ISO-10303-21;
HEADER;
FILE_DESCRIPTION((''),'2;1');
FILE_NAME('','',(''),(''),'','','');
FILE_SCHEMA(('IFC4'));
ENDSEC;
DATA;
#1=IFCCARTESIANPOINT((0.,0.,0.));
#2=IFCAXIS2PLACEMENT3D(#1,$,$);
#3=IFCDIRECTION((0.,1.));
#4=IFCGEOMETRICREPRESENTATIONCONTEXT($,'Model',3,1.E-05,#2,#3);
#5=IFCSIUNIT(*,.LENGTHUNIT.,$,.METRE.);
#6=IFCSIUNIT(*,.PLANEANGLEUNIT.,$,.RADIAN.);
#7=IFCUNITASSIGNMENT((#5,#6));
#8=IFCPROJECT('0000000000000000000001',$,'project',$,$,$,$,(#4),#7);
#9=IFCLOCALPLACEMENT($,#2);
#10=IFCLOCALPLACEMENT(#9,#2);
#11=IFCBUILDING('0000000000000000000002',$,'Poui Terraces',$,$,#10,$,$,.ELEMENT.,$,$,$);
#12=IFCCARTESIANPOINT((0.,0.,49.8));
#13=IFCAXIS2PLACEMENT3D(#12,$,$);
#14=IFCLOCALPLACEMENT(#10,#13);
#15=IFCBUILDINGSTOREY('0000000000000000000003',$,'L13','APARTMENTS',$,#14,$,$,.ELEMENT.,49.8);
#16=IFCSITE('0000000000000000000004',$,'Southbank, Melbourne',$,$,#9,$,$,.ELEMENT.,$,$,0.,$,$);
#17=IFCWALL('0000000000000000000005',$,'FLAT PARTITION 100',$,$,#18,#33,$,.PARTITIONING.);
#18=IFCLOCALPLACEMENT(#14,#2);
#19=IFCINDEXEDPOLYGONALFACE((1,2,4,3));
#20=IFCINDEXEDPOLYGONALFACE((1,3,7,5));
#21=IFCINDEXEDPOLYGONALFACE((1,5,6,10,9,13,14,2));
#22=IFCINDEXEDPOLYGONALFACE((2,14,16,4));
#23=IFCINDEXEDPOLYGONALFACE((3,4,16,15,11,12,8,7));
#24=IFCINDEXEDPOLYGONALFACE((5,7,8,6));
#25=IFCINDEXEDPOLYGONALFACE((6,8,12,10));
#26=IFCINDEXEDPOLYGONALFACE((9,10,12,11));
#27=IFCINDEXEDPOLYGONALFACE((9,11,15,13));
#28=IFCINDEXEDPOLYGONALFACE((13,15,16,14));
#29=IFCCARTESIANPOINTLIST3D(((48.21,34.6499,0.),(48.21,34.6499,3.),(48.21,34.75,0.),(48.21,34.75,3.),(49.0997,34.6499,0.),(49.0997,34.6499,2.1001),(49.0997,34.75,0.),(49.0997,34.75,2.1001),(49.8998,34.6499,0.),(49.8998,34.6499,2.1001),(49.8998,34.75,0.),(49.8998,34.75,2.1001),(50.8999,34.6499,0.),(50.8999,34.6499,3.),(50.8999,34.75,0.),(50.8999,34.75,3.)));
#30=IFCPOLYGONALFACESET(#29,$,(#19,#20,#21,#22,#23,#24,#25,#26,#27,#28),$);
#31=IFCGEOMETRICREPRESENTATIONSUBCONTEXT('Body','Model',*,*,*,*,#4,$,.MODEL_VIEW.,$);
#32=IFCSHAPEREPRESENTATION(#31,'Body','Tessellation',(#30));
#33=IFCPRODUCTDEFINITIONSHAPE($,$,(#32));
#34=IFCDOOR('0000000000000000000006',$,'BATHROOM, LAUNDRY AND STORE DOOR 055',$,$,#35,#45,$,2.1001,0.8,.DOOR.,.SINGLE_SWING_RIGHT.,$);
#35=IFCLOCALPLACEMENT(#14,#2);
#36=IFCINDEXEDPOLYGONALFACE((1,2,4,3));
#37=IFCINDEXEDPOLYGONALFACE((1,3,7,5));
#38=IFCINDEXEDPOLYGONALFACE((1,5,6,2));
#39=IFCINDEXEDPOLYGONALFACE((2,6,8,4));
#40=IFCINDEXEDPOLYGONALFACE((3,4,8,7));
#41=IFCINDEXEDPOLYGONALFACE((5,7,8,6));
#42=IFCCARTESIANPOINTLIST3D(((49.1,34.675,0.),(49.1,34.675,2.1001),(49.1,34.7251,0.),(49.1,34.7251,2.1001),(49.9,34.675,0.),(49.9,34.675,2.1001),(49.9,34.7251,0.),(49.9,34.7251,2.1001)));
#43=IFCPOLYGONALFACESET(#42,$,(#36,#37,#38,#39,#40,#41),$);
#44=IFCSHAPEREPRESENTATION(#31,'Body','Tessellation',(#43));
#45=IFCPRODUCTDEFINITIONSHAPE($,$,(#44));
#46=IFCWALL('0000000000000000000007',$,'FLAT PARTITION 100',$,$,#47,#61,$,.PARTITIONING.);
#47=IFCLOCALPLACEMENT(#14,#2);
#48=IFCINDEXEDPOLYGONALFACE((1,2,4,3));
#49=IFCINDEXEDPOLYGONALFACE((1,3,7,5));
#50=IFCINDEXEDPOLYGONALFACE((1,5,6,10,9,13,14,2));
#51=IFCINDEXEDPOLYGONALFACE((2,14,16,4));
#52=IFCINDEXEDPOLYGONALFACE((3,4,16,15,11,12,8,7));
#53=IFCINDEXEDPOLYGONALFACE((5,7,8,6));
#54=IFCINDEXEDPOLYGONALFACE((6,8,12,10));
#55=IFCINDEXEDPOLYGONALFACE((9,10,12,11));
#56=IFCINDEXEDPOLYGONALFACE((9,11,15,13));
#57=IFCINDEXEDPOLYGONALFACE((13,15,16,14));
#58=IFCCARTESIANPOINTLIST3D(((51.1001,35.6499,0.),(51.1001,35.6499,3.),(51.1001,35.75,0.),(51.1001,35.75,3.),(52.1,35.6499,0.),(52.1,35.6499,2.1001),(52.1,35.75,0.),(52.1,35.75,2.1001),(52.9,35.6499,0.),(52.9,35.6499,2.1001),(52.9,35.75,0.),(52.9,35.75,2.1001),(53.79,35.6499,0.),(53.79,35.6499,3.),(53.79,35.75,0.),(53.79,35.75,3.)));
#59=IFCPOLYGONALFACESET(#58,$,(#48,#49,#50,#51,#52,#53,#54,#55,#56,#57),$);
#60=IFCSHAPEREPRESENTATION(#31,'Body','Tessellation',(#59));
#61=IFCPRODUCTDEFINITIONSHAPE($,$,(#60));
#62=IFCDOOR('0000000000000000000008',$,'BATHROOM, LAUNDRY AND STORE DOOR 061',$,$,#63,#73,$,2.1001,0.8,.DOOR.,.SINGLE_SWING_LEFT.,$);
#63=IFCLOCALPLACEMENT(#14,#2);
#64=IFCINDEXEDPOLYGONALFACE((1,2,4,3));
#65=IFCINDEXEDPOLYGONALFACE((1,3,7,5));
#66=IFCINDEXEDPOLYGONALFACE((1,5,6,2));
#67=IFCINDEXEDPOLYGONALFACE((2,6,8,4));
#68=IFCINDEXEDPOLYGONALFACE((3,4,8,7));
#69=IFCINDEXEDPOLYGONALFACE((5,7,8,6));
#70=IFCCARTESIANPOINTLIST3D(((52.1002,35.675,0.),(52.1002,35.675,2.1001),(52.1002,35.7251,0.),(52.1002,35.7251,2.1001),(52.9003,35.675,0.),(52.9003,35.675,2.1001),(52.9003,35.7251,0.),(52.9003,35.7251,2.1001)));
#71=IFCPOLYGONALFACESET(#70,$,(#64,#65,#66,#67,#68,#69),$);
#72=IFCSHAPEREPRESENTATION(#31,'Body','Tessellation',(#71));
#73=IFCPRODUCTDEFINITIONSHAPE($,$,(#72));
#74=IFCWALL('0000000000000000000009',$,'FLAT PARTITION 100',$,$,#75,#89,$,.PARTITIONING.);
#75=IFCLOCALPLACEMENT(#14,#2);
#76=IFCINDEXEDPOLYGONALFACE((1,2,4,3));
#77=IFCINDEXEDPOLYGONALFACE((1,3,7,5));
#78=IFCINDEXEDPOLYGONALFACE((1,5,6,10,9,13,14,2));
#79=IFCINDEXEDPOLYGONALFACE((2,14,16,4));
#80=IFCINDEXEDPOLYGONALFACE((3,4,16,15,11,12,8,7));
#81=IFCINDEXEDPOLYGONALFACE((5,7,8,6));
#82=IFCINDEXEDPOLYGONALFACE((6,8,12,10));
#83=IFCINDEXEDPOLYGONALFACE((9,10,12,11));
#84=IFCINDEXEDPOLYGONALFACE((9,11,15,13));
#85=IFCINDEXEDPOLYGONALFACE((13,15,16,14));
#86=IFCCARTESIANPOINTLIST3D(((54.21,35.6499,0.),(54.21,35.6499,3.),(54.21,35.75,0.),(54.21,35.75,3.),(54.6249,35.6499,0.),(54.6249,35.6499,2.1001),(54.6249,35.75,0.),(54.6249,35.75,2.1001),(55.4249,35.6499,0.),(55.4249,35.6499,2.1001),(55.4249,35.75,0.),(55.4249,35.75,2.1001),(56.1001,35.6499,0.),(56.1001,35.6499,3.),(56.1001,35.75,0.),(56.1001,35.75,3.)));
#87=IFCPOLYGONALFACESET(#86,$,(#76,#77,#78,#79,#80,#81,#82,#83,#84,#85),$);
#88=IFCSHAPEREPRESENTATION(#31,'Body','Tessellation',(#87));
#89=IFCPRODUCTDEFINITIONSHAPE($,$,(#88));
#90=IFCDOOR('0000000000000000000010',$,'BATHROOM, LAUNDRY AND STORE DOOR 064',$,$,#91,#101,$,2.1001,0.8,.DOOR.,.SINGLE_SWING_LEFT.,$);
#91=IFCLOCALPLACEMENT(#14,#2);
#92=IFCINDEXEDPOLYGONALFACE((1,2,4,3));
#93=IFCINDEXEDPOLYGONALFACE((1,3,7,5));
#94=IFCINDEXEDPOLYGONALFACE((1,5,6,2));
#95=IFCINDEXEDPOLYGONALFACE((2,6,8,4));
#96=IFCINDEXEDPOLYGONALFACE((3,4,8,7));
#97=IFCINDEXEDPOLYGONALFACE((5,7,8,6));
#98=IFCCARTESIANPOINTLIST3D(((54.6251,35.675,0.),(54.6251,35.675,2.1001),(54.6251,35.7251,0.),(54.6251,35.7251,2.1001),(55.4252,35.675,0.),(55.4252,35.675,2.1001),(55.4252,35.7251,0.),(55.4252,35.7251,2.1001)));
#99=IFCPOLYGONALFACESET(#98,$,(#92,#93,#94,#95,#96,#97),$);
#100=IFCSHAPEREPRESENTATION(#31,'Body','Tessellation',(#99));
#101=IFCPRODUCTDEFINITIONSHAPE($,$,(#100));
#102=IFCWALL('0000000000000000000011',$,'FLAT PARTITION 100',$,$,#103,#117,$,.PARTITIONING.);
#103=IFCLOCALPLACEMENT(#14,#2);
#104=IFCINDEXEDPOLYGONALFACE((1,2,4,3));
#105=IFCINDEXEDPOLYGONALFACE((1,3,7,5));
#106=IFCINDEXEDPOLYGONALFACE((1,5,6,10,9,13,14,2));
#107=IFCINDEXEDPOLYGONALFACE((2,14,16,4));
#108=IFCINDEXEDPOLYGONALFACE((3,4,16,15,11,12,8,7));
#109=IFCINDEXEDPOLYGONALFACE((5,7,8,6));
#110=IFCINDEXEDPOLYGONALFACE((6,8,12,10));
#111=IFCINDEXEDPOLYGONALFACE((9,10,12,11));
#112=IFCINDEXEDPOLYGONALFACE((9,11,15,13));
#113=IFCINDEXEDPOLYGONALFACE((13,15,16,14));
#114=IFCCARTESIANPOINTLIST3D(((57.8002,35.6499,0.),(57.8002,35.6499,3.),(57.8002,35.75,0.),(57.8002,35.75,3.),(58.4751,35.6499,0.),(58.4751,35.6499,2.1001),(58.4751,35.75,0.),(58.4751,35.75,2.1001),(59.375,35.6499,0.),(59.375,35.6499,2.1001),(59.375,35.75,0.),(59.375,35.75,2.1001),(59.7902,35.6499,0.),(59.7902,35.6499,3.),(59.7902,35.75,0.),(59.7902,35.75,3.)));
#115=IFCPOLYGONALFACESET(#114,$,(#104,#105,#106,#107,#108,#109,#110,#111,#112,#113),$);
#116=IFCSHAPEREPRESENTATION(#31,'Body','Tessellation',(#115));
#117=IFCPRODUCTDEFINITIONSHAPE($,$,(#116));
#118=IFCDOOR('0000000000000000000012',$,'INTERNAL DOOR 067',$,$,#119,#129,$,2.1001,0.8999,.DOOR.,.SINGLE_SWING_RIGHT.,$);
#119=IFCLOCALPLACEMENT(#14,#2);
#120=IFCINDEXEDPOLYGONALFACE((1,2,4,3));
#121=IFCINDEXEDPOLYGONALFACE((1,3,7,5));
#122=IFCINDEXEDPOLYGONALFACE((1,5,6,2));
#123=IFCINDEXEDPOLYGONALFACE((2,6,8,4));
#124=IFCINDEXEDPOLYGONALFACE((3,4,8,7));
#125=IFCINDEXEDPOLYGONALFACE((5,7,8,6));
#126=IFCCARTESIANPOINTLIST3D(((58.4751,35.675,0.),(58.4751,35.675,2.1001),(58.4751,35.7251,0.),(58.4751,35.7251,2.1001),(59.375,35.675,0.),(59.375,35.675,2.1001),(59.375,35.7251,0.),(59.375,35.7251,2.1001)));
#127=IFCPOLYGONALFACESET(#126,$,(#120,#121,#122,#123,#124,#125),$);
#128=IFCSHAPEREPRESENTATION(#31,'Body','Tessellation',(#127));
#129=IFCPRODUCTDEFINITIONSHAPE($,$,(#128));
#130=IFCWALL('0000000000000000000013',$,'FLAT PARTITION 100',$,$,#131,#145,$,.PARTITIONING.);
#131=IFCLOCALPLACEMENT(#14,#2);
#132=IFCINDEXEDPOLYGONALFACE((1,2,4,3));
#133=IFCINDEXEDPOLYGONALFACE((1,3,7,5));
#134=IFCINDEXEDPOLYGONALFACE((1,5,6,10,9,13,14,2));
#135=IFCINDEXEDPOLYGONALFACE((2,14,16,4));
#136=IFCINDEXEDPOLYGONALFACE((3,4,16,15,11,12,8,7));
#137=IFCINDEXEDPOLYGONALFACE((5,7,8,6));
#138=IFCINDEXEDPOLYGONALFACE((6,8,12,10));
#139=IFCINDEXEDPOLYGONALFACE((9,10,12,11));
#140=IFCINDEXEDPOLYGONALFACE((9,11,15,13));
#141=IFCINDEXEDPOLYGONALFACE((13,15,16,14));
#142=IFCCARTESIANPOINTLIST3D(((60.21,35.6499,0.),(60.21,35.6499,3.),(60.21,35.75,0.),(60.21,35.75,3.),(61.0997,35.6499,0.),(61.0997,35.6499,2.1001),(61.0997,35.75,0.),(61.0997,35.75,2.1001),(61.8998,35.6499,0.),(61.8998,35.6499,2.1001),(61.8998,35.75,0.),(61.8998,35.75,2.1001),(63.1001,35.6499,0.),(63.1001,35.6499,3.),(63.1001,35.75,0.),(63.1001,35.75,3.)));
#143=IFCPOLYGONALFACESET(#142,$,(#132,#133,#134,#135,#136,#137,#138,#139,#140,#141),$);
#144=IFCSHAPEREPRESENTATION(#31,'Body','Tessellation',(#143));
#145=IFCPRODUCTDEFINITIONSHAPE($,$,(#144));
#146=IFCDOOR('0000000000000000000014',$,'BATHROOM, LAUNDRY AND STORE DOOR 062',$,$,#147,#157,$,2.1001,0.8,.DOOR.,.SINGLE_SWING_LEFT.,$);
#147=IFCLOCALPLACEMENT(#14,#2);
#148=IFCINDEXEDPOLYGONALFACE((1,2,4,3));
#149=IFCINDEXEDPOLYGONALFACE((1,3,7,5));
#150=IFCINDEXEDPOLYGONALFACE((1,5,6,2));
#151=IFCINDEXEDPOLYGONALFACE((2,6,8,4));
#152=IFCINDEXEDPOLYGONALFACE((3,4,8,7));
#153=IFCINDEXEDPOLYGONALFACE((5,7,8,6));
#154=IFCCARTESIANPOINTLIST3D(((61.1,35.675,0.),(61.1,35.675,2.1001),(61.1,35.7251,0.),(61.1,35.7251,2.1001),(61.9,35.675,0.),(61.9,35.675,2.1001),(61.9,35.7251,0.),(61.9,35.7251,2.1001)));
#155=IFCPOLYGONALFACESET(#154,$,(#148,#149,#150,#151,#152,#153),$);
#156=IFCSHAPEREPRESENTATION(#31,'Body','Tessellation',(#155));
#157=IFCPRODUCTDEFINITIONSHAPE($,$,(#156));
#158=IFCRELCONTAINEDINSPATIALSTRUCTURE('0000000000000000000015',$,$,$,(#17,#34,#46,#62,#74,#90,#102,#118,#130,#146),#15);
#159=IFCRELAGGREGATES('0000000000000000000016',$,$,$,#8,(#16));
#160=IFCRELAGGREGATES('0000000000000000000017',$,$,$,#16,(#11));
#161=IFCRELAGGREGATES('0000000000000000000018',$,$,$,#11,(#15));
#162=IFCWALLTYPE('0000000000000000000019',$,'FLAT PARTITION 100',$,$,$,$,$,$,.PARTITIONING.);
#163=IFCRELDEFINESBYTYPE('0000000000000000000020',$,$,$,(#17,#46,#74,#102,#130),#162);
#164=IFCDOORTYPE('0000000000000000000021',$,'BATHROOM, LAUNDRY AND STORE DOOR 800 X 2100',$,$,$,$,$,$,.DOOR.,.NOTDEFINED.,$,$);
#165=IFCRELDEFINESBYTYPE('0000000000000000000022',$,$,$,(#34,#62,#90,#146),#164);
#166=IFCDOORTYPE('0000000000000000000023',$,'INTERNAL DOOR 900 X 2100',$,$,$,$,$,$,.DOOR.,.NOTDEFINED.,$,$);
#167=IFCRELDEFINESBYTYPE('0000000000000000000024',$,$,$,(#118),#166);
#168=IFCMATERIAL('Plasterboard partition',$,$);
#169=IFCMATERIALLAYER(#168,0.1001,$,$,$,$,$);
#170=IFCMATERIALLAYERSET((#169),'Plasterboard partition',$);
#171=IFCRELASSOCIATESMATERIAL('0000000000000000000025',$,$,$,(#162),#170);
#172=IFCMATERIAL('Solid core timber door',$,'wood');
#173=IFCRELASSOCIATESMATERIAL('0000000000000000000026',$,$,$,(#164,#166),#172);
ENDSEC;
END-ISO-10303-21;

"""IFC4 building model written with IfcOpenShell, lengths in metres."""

from ifc_helpers import new_model, si_unit, direction, frame, frame_2d, origin, place, context, subcontext, project, spatial, rectangle, extrude, material, layer, layer_set, type_object, element, fill, save


model = new_model("IFC4")

# Units and contexts
model_context = context("Model", 3, precision=1e-05, world=origin(), true_north=direction((0.0, 1.0)))
body_context = subcontext(model_context, "Body", "Model", "MODEL_VIEW")
ifc_project = project(units=[si_unit("LENGTHUNIT", "METRE"), si_unit("PLANEANGLEUNIT", "RADIAN")], contexts=[model_context])

# Site, building, storey
site_placement = place(None, origin())
site = spatial("IfcSite", under=ifc_project, at=site_placement, Name="Southbank, Melbourne", CompositionType="ELEMENT", RefElevation=0.0)
building_placement = place(site_placement, origin())
building = spatial("IfcBuilding", under=site, at=building_placement, Name="Poui Terraces", CompositionType="ELEMENT")
storey_placement = place(building_placement, frame((0.0, 0.0, 49.8)))
storey = spatial("IfcBuildingStorey", under=building, at=storey_placement, Name="L13", Description="APARTMENTS", CompositionType="ELEMENT", Elevation=49.8)

# Walls, openings, doors
ifc_material_1 = material(Name="Plasterboard partition")
ifc_layer_1 = layer(ifc_material_1, 0.1001)
ifc_layer_set_1 = layer_set([ifc_layer_1], Name="Plasterboard partition")
wall_type_1 = type_object("IfcWallType", Name="FLAT PARTITION 100", PredefinedType="PARTITIONING", material=ifc_layer_set_1)
wall_1_placement = place(storey_placement, frame((48.21, 34.7, 0.0), z_axis=(0.0, 0.0, 1.0), x_axis=(1.0, 0.0, 0.0)))
wall_1 = element("IfcWall", 1, at=wall_1_placement, inside=storey, type_object=wall_type_1, Name="FLAT PARTITION 100", PredefinedType="PARTITIONING", context=body_context, shape_type="SweptSolid", body=[
    extrude(rectangle(XDim=2.6899, YDim=0.1001, at=frame_2d((1.345, 0.0))), origin(), (0.0, 0.0, 1.0), 3.0),
])
opening_1_placement = place(wall_1_placement, frame((0.8899, 0.0, 0.0)))
opening_1 = element("IfcOpeningElement", 2, at=opening_1_placement, cuts=wall_1, PredefinedType="OPENING", context=body_context, shape_type="SweptSolid", body=[
    extrude(rectangle(XDim=0.8, YDim=2.1001, at=frame_2d((0.3999, 1.05))), frame((0.0, 0.0601, 0.0), z_axis=(0.0, -1.0, 0.0), x_axis=(1.0, 0.0, 0.0)), (0.0, 0.0, 1.0), 0.1201),
])
ifc_material_2 = material(Name="Solid core timber door", Category="wood")
door_type_1 = type_object("IfcDoorType", Name="BATHROOM, LAUNDRY AND STORE DOOR 800 X 2100", OperationType="NOTDEFINED", PredefinedType="DOOR", material=ifc_material_2)
door_1_placement = place(opening_1_placement, frame((0.8, 0.0, 0.0), z_axis=(0.0, 0.0, 1.0), x_axis=(-1.0, 0.0, 0.0)))
door_1 = element("IfcDoor", 3, at=door_1_placement, inside=storey, type_object=door_type_1, Name="BATHROOM, LAUNDRY AND STORE DOOR 055", OperationType="SINGLE_SWING_RIGHT", OverallHeight=2.1001, OverallWidth=0.8, PredefinedType="DOOR", context=body_context, shape_type="SweptSolid", body=[
    extrude(rectangle(XDim=0.8, YDim=2.1001, at=frame_2d((0.3999, 1.05))), frame((0.0, 0.0249, 0.0), z_axis=(0.0, -1.0, 0.0), x_axis=(1.0, 0.0, 0.0)), (0.0, 0.0, 1.0), 0.05),
])
fill(opening_1, door_1)
wall_2_placement = place(storey_placement, frame((51.1001, 35.7, 0.0), z_axis=(0.0, 0.0, 1.0), x_axis=(1.0, 0.0, 0.0)))
wall_2 = element("IfcWall", 4, at=wall_2_placement, inside=storey, type_object=wall_type_1, Name="FLAT PARTITION 100", PredefinedType="PARTITIONING", context=body_context, shape_type="SweptSolid", body=[
    extrude(rectangle(XDim=2.6899, YDim=0.1001, at=frame_2d((1.345, 0.0))), origin(), (0.0, 0.0, 1.0), 3.0),
])
opening_2_placement = place(wall_2_placement, frame((1.0, 0.0, 0.0)))
opening_2 = element("IfcOpeningElement", 5, at=opening_2_placement, cuts=wall_2, PredefinedType="OPENING", context=body_context, shape_type="SweptSolid", body=[
    extrude(rectangle(XDim=0.8, YDim=2.1001, at=frame_2d((0.3999, 1.05))), frame((0.0, 0.0601, 0.0), z_axis=(0.0, -1.0, 0.0), x_axis=(1.0, 0.0, 0.0)), (0.0, 0.0, 1.0), 0.1201),
])
door_2_placement = place(opening_2_placement, frame((0.8, 0.0, 0.0), z_axis=(0.0, 0.0, 1.0), x_axis=(-1.0, 0.0, 0.0)))
door_2 = element("IfcDoor", 6, at=door_2_placement, inside=storey, type_object=door_type_1, Name="BATHROOM, LAUNDRY AND STORE DOOR 061", OperationType="SINGLE_SWING_LEFT", OverallHeight=2.1001, OverallWidth=0.8, PredefinedType="DOOR", context=body_context, shape_type="SweptSolid", body=[
    extrude(rectangle(XDim=0.8, YDim=2.1001, at=frame_2d((0.3999, 1.05))), frame((0.0, 0.0249, 0.0), z_axis=(0.0, -1.0, 0.0), x_axis=(1.0, 0.0, 0.0)), (0.0, 0.0, 1.0), 0.05),
])
fill(opening_2, door_2)
wall_3_placement = place(storey_placement, frame((54.21, 35.7, 0.0), z_axis=(0.0, 0.0, 1.0), x_axis=(1.0, 0.0, 0.0)))
wall_3 = element("IfcWall", 7, at=wall_3_placement, inside=storey, type_object=wall_type_1, Name="FLAT PARTITION 100", PredefinedType="PARTITIONING", context=body_context, shape_type="SweptSolid", body=[
    extrude(rectangle(XDim=1.8901, YDim=0.1001, at=frame_2d((0.9451, 0.0))), origin(), (0.0, 0.0, 1.0), 3.0),
])
opening_3_placement = place(wall_3_placement, frame((0.415, 0.0, 0.0)))
opening_3 = element("IfcOpeningElement", 8, at=opening_3_placement, cuts=wall_3, PredefinedType="OPENING", context=body_context, shape_type="SweptSolid", body=[
    extrude(rectangle(XDim=0.8, YDim=2.1001, at=frame_2d((0.3999, 1.05))), frame((0.0, 0.0601, 0.0), z_axis=(0.0, -1.0, 0.0), x_axis=(1.0, 0.0, 0.0)), (0.0, 0.0, 1.0), 0.1201),
])
door_3_placement = place(opening_3_placement, frame((0.8, 0.0, 0.0), z_axis=(0.0, 0.0, 1.0), x_axis=(-1.0, 0.0, 0.0)))
door_3 = element("IfcDoor", 9, at=door_3_placement, inside=storey, type_object=door_type_1, Name="BATHROOM, LAUNDRY AND STORE DOOR 064", OperationType="SINGLE_SWING_LEFT", OverallHeight=2.1001, OverallWidth=0.8, PredefinedType="DOOR", context=body_context, shape_type="SweptSolid", body=[
    extrude(rectangle(XDim=0.8, YDim=2.1001, at=frame_2d((0.3999, 1.05))), frame((0.0, 0.0249, 0.0), z_axis=(0.0, -1.0, 0.0), x_axis=(1.0, 0.0, 0.0)), (0.0, 0.0, 1.0), 0.05),
])
fill(opening_3, door_3)
wall_4_placement = place(storey_placement, frame((57.8, 35.7, 0.0), z_axis=(0.0, 0.0, 1.0), x_axis=(1.0, 0.0, 0.0)))
wall_4 = element("IfcWall", 10, at=wall_4_placement, inside=storey, type_object=wall_type_1, Name="FLAT PARTITION 100", PredefinedType="PARTITIONING", context=body_context, shape_type="SweptSolid", body=[
    extrude(rectangle(XDim=1.99, YDim=0.1001, at=frame_2d((0.9951, 0.0))), origin(), (0.0, 0.0, 1.0), 3.0),
])
opening_4_placement = place(wall_4_placement, frame((0.675, 0.0, 0.0)))
opening_4 = element("IfcOpeningElement", 11, at=opening_4_placement, cuts=wall_4, PredefinedType="OPENING", context=body_context, shape_type="SweptSolid", body=[
    extrude(rectangle(XDim=0.8999, YDim=2.1001, at=frame_2d((0.45, 1.05))), frame((0.0, 0.0601, 0.0), z_axis=(0.0, -1.0, 0.0), x_axis=(1.0, 0.0, 0.0)), (0.0, 0.0, 1.0), 0.1201),
])
door_type_2 = type_object("IfcDoorType", Name="INTERNAL DOOR 900 X 2100", OperationType="NOTDEFINED", PredefinedType="DOOR", material=ifc_material_2)
door_4_placement = place(opening_4_placement, frame((0.8999, 0.0, 0.0), z_axis=(0.0, 0.0, 1.0), x_axis=(-1.0, 0.0, 0.0)))
door_4 = element("IfcDoor", 12, at=door_4_placement, inside=storey, type_object=door_type_2, Name="INTERNAL DOOR 067", OperationType="SINGLE_SWING_RIGHT", OverallHeight=2.1001, OverallWidth=0.8999, PredefinedType="DOOR", context=body_context, shape_type="SweptSolid", body=[
    extrude(rectangle(XDim=0.8999, YDim=2.1001, at=frame_2d((0.45, 1.05))), frame((0.0, 0.0249, 0.0), z_axis=(0.0, -1.0, 0.0), x_axis=(1.0, 0.0, 0.0)), (0.0, 0.0, 1.0), 0.05),
])
fill(opening_4, door_4)
wall_5_placement = place(storey_placement, frame((60.21, 35.7, 0.0), z_axis=(0.0, 0.0, 1.0), x_axis=(1.0, 0.0, 0.0)))
wall_5 = element("IfcWall", 13, at=wall_5_placement, inside=storey, type_object=wall_type_1, Name="FLAT PARTITION 100", PredefinedType="PARTITIONING", context=body_context, shape_type="SweptSolid", body=[
    extrude(rectangle(XDim=2.8901, YDim=0.1001, at=frame_2d((1.4451, 0.0))), origin(), (0.0, 0.0, 1.0), 3.0),
])
opening_5_placement = place(wall_5_placement, frame((0.8899, 0.0, 0.0)))
opening_5 = element("IfcOpeningElement", 14, at=opening_5_placement, cuts=wall_5, PredefinedType="OPENING", context=body_context, shape_type="SweptSolid", body=[
    extrude(rectangle(XDim=0.8, YDim=2.1001, at=frame_2d((0.3999, 1.05))), frame((0.0, 0.0601, 0.0), z_axis=(0.0, -1.0, 0.0), x_axis=(1.0, 0.0, 0.0)), (0.0, 0.0, 1.0), 0.1201),
])
door_5_placement = place(opening_5_placement, frame((0.8, 0.0, 0.0), z_axis=(0.0, 0.0, 1.0), x_axis=(-1.0, 0.0, 0.0)))
door_5 = element("IfcDoor", 15, at=door_5_placement, inside=storey, type_object=door_type_1, Name="BATHROOM, LAUNDRY AND STORE DOOR 062", OperationType="SINGLE_SWING_LEFT", OverallHeight=2.1001, OverallWidth=0.8, PredefinedType="DOOR", context=body_context, shape_type="SweptSolid", body=[
    extrude(rectangle(XDim=0.8, YDim=2.1001, at=frame_2d((0.3999, 1.05))), frame((0.0, 0.0249, 0.0), z_axis=(0.0, -1.0, 0.0), x_axis=(1.0, 0.0, 0.0)), (0.0, 0.0, 1.0), 0.05),
])
fill(opening_5, door_5)

save(model, "model.ifc")
